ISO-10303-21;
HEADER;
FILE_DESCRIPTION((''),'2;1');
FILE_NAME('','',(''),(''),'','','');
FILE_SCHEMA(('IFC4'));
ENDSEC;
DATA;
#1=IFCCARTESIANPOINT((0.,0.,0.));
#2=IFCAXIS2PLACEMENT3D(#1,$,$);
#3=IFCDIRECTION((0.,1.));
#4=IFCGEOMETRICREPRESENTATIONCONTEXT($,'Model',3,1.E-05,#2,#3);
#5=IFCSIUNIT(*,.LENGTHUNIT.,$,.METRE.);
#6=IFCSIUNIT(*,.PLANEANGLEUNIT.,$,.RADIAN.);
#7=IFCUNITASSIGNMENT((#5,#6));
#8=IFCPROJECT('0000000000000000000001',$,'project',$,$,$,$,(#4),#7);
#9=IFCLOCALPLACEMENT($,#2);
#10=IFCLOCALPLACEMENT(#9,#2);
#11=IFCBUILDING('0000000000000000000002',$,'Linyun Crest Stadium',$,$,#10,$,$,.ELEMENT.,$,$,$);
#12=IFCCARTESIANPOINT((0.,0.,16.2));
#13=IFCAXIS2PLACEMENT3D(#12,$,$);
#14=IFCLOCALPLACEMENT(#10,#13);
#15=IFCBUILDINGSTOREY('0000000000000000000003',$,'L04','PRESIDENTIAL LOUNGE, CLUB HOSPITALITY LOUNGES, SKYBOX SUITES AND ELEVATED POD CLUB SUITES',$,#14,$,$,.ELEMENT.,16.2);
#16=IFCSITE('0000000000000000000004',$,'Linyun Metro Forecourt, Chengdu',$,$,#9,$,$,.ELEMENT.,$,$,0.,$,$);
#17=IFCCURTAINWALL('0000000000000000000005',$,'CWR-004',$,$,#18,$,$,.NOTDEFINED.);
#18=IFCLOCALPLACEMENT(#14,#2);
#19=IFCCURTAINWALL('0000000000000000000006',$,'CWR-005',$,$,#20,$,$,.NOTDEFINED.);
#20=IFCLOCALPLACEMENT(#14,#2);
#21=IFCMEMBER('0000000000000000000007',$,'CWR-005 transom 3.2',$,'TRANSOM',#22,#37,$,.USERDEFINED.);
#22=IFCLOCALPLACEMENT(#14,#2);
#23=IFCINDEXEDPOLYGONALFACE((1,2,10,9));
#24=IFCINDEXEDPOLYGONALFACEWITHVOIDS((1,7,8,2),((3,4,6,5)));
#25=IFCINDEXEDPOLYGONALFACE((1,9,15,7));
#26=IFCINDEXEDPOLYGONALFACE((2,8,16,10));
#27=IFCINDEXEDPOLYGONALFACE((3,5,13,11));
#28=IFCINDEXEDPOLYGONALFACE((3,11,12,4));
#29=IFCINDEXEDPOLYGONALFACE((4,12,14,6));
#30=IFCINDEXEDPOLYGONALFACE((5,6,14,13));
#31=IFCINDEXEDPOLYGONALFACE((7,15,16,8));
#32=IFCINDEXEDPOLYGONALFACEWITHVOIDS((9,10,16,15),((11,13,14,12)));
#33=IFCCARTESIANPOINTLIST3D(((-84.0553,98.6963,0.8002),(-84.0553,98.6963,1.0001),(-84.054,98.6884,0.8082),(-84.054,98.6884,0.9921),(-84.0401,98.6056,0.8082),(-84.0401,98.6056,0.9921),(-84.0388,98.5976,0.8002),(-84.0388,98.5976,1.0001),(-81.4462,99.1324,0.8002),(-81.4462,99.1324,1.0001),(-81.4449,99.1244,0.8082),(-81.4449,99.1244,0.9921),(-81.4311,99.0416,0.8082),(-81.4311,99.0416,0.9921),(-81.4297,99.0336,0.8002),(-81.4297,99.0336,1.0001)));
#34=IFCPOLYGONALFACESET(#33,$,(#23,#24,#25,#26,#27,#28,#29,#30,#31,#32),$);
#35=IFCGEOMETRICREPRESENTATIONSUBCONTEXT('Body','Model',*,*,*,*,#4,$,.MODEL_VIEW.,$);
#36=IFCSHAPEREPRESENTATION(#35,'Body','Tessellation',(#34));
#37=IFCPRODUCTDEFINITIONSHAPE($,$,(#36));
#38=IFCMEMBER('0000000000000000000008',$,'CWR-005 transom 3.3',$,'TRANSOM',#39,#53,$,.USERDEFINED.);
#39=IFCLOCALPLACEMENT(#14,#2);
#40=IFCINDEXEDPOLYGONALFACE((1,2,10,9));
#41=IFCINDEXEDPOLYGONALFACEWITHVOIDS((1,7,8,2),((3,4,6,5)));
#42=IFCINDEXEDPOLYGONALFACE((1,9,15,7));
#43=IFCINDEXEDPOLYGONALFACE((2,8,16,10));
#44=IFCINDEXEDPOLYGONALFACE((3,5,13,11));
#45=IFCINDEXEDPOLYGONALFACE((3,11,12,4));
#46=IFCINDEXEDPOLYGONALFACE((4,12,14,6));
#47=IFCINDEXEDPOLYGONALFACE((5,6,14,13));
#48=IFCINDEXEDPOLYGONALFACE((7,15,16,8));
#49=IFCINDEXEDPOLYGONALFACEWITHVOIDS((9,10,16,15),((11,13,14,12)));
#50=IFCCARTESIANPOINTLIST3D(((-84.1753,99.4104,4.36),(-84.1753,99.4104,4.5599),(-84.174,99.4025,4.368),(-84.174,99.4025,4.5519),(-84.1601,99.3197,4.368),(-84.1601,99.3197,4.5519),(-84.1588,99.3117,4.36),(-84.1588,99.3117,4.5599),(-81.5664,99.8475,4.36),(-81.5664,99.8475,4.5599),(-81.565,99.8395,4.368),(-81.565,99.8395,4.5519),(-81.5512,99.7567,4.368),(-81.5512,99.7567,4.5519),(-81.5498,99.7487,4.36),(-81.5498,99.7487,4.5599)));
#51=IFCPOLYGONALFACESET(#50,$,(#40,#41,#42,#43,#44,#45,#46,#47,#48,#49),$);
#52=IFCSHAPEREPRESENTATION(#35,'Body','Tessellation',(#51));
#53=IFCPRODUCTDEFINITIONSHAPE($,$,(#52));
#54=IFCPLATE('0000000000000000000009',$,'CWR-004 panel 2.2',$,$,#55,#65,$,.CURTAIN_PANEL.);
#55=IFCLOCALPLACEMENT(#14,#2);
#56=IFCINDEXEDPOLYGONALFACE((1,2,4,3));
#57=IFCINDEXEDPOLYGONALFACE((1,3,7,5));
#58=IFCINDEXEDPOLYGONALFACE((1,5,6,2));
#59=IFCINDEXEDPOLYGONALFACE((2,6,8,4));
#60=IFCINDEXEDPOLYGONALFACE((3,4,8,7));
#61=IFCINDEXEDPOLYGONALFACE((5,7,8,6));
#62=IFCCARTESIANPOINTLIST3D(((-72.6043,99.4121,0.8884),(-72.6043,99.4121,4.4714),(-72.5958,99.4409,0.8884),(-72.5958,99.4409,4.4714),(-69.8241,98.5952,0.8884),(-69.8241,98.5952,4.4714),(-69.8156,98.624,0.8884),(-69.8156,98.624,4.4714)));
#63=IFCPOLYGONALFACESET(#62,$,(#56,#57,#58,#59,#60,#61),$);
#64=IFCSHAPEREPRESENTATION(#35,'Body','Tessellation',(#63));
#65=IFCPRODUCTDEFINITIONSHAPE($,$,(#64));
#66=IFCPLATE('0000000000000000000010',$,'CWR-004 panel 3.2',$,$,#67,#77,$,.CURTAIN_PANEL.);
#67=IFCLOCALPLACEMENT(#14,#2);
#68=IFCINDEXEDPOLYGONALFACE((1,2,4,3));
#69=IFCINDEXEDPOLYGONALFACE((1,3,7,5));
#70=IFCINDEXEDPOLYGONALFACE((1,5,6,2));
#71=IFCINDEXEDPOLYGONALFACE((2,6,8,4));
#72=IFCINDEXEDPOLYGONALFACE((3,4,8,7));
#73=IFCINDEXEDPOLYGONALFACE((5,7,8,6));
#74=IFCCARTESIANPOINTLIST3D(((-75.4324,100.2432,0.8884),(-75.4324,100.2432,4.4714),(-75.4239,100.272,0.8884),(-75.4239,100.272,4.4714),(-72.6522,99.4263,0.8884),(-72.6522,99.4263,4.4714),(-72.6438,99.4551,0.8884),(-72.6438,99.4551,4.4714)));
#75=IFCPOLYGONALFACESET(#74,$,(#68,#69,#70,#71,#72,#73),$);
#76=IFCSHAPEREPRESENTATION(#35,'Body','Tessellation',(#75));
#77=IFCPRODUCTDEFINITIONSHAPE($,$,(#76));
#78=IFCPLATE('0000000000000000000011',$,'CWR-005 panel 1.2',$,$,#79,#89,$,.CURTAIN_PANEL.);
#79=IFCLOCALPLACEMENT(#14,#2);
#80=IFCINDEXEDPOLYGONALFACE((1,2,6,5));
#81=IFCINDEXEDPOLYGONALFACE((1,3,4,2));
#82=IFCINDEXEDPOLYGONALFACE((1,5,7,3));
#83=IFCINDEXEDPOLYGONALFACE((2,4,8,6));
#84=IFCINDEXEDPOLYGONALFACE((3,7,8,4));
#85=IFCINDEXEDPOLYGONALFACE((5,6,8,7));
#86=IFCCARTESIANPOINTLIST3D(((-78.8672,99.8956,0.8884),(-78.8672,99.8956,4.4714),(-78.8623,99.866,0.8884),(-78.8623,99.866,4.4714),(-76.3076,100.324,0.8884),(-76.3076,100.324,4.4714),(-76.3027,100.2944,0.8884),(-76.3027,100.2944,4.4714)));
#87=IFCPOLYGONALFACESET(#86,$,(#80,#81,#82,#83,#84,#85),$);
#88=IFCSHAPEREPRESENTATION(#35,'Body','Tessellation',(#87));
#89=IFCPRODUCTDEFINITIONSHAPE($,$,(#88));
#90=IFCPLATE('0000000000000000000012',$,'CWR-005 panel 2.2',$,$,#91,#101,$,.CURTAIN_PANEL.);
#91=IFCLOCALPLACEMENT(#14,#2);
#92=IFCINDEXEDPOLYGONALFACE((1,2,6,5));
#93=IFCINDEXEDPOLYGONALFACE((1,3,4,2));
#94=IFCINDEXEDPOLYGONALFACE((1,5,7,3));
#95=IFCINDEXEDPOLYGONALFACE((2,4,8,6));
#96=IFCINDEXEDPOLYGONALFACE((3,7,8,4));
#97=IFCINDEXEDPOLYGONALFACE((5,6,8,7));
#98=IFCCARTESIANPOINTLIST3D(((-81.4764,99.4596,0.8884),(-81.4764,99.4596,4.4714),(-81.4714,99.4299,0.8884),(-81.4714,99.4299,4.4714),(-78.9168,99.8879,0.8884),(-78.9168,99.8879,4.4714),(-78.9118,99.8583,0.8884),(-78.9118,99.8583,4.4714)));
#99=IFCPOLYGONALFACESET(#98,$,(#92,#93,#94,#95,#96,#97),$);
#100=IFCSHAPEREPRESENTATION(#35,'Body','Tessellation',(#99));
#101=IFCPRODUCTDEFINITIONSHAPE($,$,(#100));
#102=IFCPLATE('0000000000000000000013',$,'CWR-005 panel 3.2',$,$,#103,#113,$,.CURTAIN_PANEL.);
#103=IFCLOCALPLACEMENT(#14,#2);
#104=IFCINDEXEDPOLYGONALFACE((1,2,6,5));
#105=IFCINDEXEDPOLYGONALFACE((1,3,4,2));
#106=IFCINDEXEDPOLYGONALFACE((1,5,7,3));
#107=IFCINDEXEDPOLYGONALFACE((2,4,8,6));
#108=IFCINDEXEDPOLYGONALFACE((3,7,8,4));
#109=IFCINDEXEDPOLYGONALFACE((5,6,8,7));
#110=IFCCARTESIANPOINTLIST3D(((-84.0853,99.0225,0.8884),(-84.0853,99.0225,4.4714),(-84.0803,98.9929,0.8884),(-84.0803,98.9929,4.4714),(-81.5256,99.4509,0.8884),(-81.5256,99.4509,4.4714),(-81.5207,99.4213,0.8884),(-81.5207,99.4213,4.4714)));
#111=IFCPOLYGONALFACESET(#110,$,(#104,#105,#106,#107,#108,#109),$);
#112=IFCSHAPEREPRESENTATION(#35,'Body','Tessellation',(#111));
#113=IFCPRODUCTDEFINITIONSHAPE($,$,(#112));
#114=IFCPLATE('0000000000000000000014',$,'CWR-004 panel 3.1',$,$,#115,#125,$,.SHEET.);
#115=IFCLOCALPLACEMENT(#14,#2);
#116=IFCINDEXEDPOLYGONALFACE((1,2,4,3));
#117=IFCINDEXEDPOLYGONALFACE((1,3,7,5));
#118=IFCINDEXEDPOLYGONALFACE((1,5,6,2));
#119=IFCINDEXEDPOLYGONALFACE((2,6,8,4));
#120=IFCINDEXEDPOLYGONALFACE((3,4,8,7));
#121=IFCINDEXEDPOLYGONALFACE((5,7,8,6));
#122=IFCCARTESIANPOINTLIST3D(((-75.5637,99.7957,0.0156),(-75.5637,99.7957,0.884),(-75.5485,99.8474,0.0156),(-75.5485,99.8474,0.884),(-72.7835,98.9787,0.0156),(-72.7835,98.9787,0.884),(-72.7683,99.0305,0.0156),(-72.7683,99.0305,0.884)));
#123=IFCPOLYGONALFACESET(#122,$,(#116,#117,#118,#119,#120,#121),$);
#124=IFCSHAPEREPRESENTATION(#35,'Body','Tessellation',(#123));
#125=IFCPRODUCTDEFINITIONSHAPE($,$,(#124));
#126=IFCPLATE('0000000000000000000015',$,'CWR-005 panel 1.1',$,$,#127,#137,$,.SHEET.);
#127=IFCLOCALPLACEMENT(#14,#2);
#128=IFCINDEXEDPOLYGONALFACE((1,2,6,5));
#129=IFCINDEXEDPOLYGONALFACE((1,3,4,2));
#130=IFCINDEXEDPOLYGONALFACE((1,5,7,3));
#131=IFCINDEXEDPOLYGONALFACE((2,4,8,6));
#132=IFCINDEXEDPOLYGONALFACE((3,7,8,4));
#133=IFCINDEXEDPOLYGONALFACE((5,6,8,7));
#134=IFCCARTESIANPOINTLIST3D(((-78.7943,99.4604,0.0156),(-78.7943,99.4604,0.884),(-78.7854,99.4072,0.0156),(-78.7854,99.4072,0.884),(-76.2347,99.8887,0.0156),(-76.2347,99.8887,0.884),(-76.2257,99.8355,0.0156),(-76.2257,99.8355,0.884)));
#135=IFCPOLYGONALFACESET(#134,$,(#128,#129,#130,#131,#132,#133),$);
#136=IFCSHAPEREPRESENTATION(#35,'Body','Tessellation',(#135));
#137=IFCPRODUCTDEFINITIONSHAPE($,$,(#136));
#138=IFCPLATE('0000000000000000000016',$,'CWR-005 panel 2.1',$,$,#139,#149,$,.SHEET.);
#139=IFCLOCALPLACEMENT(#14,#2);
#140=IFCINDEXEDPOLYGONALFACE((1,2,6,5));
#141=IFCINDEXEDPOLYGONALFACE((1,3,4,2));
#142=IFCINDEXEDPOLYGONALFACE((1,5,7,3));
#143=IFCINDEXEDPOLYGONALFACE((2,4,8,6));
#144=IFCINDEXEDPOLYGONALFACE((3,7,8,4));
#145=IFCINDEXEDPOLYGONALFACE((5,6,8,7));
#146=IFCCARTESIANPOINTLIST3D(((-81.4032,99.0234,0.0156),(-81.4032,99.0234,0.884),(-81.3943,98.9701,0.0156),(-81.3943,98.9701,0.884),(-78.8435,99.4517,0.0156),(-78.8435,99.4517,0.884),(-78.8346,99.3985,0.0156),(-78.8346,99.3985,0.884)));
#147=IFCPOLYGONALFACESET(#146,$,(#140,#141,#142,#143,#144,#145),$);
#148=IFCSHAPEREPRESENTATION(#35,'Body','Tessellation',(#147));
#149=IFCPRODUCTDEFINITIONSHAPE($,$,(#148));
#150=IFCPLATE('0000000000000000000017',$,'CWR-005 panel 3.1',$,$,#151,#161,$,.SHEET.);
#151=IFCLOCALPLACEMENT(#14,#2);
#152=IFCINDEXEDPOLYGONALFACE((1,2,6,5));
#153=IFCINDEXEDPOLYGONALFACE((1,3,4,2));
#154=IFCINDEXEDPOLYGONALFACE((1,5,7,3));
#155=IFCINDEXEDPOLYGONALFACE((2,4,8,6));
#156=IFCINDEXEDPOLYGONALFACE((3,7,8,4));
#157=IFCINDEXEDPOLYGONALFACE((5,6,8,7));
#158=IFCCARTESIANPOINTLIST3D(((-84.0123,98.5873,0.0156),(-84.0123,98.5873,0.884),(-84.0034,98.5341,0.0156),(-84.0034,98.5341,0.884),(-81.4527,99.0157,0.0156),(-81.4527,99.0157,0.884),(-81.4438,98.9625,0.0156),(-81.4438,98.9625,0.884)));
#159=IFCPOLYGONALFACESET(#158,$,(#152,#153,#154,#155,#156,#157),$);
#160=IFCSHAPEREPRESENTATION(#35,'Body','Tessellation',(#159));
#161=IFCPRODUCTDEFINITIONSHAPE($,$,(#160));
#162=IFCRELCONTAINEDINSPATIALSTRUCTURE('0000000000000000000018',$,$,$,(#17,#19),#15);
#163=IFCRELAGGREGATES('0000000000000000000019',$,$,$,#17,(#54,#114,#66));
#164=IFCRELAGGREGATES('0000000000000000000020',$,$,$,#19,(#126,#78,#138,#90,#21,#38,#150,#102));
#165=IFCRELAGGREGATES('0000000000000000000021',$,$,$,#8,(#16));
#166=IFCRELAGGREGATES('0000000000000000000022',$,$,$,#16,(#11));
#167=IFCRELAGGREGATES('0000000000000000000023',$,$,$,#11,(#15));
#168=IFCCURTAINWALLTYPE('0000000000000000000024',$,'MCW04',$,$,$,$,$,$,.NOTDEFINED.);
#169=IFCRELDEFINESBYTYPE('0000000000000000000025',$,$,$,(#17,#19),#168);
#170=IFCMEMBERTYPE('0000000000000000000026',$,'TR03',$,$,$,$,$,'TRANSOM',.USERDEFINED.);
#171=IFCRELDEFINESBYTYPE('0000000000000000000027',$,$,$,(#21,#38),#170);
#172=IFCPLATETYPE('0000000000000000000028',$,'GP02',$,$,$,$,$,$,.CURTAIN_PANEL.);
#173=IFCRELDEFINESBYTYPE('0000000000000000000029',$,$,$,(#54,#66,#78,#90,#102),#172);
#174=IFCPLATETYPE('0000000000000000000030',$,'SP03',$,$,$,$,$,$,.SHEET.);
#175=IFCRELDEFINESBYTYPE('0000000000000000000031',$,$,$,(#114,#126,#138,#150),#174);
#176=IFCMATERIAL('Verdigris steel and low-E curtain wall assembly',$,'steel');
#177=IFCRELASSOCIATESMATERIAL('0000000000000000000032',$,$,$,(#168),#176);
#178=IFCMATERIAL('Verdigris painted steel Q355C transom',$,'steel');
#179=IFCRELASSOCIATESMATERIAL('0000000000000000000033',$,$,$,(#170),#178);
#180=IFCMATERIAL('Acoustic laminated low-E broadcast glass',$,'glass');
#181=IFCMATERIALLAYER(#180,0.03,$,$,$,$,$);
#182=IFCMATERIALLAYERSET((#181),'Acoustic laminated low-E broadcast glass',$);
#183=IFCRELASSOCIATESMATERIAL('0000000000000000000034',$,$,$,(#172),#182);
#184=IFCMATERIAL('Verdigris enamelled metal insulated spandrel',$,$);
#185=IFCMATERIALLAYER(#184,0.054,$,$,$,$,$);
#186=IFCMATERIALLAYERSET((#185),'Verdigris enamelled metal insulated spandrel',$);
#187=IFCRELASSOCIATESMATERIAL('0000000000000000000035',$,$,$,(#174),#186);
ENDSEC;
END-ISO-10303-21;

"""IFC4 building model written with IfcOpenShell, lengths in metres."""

from ifc_helpers import new_model, si_unit, direction, frame, origin, origin_2d, place, context, subcontext, project, spatial, rectangle, hollow_rectangle, extrude, material, layer, layer_set, material_profile, profile_set, type_object, element, aggregate, save


model = new_model("IFC4")

# Units and contexts
model_context = context("Model", 3, precision=1e-05, world=origin(), true_north=direction((0.0, 1.0)))
body_context = subcontext(model_context, "Body", "Model", "MODEL_VIEW")
ifc_project = project(units=[si_unit("LENGTHUNIT", "METRE"), si_unit("PLANEANGLEUNIT", "RADIAN")], contexts=[model_context])

# Site, building, storey
site_placement = place(None, origin())
site = spatial("IfcSite", under=ifc_project, at=site_placement, Name="Linyun Metro Forecourt, Chengdu", CompositionType="ELEMENT", RefElevation=0.0)
building_placement = place(site_placement, origin())
building = spatial("IfcBuilding", under=site, at=building_placement, Name="Linyun Crest Stadium", CompositionType="ELEMENT")
storey_placement = place(building_placement, frame((0.0, 0.0, 16.2)))
storey = spatial("IfcBuildingStorey", under=building, at=storey_placement, Name="L04", Description="PRESIDENTIAL LOUNGE, CLUB HOSPITALITY LOUNGES, SKYBOX SUITES AND ELEVATED POD CLUB SUITES", CompositionType="ELEMENT", Elevation=16.2)

# Curtain walls
ifc_material_1 = material(Name="Verdigris steel and low-E curtain wall assembly", Category="steel")
curtain_wall_type = type_object("IfcCurtainWallType", Name="MCW04", PredefinedType="NOTDEFINED", material=ifc_material_1)
curtain_wall_1_placement = place(storey_placement, origin())
curtain_wall_1 = element("IfcCurtainWall", 1, at=curtain_wall_1_placement, inside=storey, type_object=curtain_wall_type, Name="CWR-004", PredefinedType="NOTDEFINED")
curtain_wall_2_placement = place(storey_placement, origin())
curtain_wall_2 = element("IfcCurtainWall", 2, at=curtain_wall_2_placement, inside=storey, type_object=curtain_wall_type, Name="CWR-005", PredefinedType="NOTDEFINED")

# Members
ifc_material_2 = material(Name="Verdigris painted steel Q355C transom", Category="steel")
ifc_material_profile_1 = material_profile(ifc_material_2, hollow_rectangle(XDim=0.1001, YDim=0.2, WallThickness=0.0081, at=origin_2d()), Name="RHS 200x100x8")
ifc_profile_set_1 = profile_set([ifc_material_profile_1], Name="Verdigris painted steel Q355C transom")
member_type_1 = type_object("IfcMemberType", Name="TR03", ElementType="TRANSOM", PredefinedType="USERDEFINED", material=ifc_profile_set_1)
member_1_placement = place(storey_placement, frame((-81.438, 99.083, 0.9001), z_axis=(-0.986321, -0.164833, 0.0), x_axis=(0.164833, -0.986321, 0.0)))
member_1 = element("IfcMember", 3, at=member_1_placement, type_object=member_type_1, Name="CWR-005 transom 3.2", ObjectType="TRANSOM", PredefinedType="USERDEFINED", context=body_context, shape_type="SweptSolid", body=[
    extrude(hollow_rectangle(XDim=0.1001, YDim=0.2, WallThickness=0.0081, at=origin_2d()), origin(), (0.0, 0.0, 1.0), 2.6453),
])
member_2_placement = place(storey_placement, frame((-81.5581, 99.7981, 4.46), z_axis=(-0.986259, -0.165207, 0.0), x_axis=(0.165207, -0.986259, 0.0)))
member_2 = element("IfcMember", 4, at=member_2_placement, type_object=member_type_1, Name="CWR-005 transom 3.3", ObjectType="TRANSOM", PredefinedType="USERDEFINED", context=body_context, shape_type="SweptSolid", body=[
    extrude(hollow_rectangle(XDim=0.1001, YDim=0.2, WallThickness=0.0081, at=origin_2d()), origin(), (0.0, 0.0, 1.0), 2.6453),
])

# Plates
ifc_material_3 = material(Name="Acoustic laminated low-E broadcast glass", Category="glass")
ifc_layer_1 = layer(ifc_material_3, 0.03)
ifc_layer_set_1 = layer_set([ifc_layer_1], Name="Acoustic laminated low-E broadcast glass")
plate_type_1 = type_object("IfcPlateType", Name="GP02", PredefinedType="CURTAIN_PANEL", material=ifc_layer_set_1)
plate_1_placement = place(storey_placement, frame((-71.21, 99.0181, 0.8884), z_axis=(0.0, 0.0, 1.0), x_axis=(-0.959437, 0.281923, 0.0)))
plate_1 = element("IfcPlate", 5, at=plate_1_placement, type_object=plate_type_1, Name="CWR-004 panel 2.2", PredefinedType="CURTAIN_PANEL", context=body_context, shape_type="SweptSolid", body=[
    extrude(rectangle(XDim=2.8977, YDim=0.03, at=origin_2d()), origin(), (0.0, 0.0, 1.0), 3.583),
])
plate_2_placement = place(storey_placement, frame((-74.0381, 99.8491, 0.8884), z_axis=(0.0, 0.0, 1.0), x_axis=(-0.959437, 0.281923, 0.0)))
plate_2 = element("IfcPlate", 6, at=plate_2_placement, type_object=plate_type_1, Name="CWR-004 panel 3.2", PredefinedType="CURTAIN_PANEL", context=body_context, shape_type="SweptSolid", body=[
    extrude(rectangle(XDim=2.8977, YDim=0.03, at=origin_2d()), origin(), (0.0, 0.0, 1.0), 3.583),
])
plate_3_placement = place(storey_placement, frame((-77.585, 100.095, 0.8884), z_axis=(0.0, 0.0, 1.0), x_axis=(-0.986283, -0.165065, 0.0)))
plate_3 = element("IfcPlate", 7, at=plate_3_placement, type_object=plate_type_1, Name="CWR-005 panel 1.2", PredefinedType="CURTAIN_PANEL", context=body_context, shape_type="SweptSolid", body=[
    extrude(rectangle(XDim=2.5952, YDim=0.03, at=origin_2d()), origin(), (0.0, 0.0, 1.0), 3.583),
])
plate_4_placement = place(storey_placement, frame((-80.1941, 99.6589, 0.8884), z_axis=(0.0, 0.0, 1.0), x_axis=(-0.986283, -0.165065, 0.0)))
plate_4 = element("IfcPlate", 8, at=plate_4_placement, type_object=plate_type_1, Name="CWR-005 panel 2.2", PredefinedType="CURTAIN_PANEL", context=body_context, shape_type="SweptSolid", body=[
    extrude(rectangle(XDim=2.5952, YDim=0.03, at=origin_2d()), origin(), (0.0, 0.0, 1.0), 3.583),
])
plate_5_placement = place(storey_placement, frame((-82.803, 99.2219, 0.8884), z_axis=(0.0, 0.0, 1.0), x_axis=(-0.986283, -0.165065, 0.0)))
plate_5 = element("IfcPlate", 9, at=plate_5_placement, type_object=plate_type_1, Name="CWR-005 panel 3.2", PredefinedType="CURTAIN_PANEL", context=body_context, shape_type="SweptSolid", body=[
    extrude(rectangle(XDim=2.5952, YDim=0.03, at=origin_2d()), origin(), (0.0, 0.0, 1.0), 3.583),
])
ifc_material_4 = material(Name="Verdigris enamelled metal insulated spandrel")
ifc_layer_2 = layer(ifc_material_4, 0.054)
ifc_layer_set_2 = layer_set([ifc_layer_2], Name="Verdigris enamelled metal insulated spandrel")
plate_type_2 = type_object("IfcPlateType", Name="SP03", PredefinedType="SHEET", material=ifc_layer_set_2)
plate_6_placement = place(storey_placement, frame((-74.166, 99.4131, 0.0156), z_axis=(0.0, 0.0, 1.0), x_axis=(-0.959437, 0.281923, 0.0)))
plate_6 = element("IfcPlate", 10, at=plate_6_placement, type_object=plate_type_2, Name="CWR-004 panel 3.1", PredefinedType="SHEET", context=body_context, shape_type="SweptSolid", body=[
    extrude(rectangle(XDim=2.8977, YDim=0.054, at=origin_2d()), origin(), (0.0, 0.0, 1.0), 0.8684),
])
aggregate(curtain_wall_1, [plate_1, plate_6, plate_2])
plate_7_placement = place(storey_placement, frame((-77.51, 99.6479, 0.0156), z_axis=(0.0, 0.0, 1.0), x_axis=(-0.986283, -0.165065, 0.0)))
plate_7 = element("IfcPlate", 11, at=plate_7_placement, type_object=plate_type_2, Name="CWR-005 panel 1.1", PredefinedType="SHEET", context=body_context, shape_type="SweptSolid", body=[
    extrude(rectangle(XDim=2.5952, YDim=0.054, at=origin_2d()), origin(), (0.0, 0.0, 1.0), 0.8684),
])
plate_8_placement = place(storey_placement, frame((-80.1189, 99.2109, 0.0156), z_axis=(0.0, 0.0, 1.0), x_axis=(-0.986283, -0.165065, 0.0)))
plate_8 = element("IfcPlate", 12, at=plate_8_placement, type_object=plate_type_2, Name="CWR-005 panel 2.1", PredefinedType="SHEET", context=body_context, shape_type="SweptSolid", body=[
    extrude(rectangle(XDim=2.5952, YDim=0.054, at=origin_2d()), origin(), (0.0, 0.0, 1.0), 0.8684),
])
plate_9_placement = place(storey_placement, frame((-82.728, 98.7749, 0.0156), z_axis=(0.0, 0.0, 1.0), x_axis=(-0.986283, -0.165065, 0.0)))
plate_9 = element("IfcPlate", 13, at=plate_9_placement, type_object=plate_type_2, Name="CWR-005 panel 3.1", PredefinedType="SHEET", context=body_context, shape_type="SweptSolid", body=[
    extrude(rectangle(XDim=2.5952, YDim=0.054, at=origin_2d()), origin(), (0.0, 0.0, 1.0), 0.8684),
])
aggregate(curtain_wall_2, [plate_7, plate_3, plate_8, plate_4, member_1, member_2, plate_9, plate_5])

save(model, "model.ifc")
